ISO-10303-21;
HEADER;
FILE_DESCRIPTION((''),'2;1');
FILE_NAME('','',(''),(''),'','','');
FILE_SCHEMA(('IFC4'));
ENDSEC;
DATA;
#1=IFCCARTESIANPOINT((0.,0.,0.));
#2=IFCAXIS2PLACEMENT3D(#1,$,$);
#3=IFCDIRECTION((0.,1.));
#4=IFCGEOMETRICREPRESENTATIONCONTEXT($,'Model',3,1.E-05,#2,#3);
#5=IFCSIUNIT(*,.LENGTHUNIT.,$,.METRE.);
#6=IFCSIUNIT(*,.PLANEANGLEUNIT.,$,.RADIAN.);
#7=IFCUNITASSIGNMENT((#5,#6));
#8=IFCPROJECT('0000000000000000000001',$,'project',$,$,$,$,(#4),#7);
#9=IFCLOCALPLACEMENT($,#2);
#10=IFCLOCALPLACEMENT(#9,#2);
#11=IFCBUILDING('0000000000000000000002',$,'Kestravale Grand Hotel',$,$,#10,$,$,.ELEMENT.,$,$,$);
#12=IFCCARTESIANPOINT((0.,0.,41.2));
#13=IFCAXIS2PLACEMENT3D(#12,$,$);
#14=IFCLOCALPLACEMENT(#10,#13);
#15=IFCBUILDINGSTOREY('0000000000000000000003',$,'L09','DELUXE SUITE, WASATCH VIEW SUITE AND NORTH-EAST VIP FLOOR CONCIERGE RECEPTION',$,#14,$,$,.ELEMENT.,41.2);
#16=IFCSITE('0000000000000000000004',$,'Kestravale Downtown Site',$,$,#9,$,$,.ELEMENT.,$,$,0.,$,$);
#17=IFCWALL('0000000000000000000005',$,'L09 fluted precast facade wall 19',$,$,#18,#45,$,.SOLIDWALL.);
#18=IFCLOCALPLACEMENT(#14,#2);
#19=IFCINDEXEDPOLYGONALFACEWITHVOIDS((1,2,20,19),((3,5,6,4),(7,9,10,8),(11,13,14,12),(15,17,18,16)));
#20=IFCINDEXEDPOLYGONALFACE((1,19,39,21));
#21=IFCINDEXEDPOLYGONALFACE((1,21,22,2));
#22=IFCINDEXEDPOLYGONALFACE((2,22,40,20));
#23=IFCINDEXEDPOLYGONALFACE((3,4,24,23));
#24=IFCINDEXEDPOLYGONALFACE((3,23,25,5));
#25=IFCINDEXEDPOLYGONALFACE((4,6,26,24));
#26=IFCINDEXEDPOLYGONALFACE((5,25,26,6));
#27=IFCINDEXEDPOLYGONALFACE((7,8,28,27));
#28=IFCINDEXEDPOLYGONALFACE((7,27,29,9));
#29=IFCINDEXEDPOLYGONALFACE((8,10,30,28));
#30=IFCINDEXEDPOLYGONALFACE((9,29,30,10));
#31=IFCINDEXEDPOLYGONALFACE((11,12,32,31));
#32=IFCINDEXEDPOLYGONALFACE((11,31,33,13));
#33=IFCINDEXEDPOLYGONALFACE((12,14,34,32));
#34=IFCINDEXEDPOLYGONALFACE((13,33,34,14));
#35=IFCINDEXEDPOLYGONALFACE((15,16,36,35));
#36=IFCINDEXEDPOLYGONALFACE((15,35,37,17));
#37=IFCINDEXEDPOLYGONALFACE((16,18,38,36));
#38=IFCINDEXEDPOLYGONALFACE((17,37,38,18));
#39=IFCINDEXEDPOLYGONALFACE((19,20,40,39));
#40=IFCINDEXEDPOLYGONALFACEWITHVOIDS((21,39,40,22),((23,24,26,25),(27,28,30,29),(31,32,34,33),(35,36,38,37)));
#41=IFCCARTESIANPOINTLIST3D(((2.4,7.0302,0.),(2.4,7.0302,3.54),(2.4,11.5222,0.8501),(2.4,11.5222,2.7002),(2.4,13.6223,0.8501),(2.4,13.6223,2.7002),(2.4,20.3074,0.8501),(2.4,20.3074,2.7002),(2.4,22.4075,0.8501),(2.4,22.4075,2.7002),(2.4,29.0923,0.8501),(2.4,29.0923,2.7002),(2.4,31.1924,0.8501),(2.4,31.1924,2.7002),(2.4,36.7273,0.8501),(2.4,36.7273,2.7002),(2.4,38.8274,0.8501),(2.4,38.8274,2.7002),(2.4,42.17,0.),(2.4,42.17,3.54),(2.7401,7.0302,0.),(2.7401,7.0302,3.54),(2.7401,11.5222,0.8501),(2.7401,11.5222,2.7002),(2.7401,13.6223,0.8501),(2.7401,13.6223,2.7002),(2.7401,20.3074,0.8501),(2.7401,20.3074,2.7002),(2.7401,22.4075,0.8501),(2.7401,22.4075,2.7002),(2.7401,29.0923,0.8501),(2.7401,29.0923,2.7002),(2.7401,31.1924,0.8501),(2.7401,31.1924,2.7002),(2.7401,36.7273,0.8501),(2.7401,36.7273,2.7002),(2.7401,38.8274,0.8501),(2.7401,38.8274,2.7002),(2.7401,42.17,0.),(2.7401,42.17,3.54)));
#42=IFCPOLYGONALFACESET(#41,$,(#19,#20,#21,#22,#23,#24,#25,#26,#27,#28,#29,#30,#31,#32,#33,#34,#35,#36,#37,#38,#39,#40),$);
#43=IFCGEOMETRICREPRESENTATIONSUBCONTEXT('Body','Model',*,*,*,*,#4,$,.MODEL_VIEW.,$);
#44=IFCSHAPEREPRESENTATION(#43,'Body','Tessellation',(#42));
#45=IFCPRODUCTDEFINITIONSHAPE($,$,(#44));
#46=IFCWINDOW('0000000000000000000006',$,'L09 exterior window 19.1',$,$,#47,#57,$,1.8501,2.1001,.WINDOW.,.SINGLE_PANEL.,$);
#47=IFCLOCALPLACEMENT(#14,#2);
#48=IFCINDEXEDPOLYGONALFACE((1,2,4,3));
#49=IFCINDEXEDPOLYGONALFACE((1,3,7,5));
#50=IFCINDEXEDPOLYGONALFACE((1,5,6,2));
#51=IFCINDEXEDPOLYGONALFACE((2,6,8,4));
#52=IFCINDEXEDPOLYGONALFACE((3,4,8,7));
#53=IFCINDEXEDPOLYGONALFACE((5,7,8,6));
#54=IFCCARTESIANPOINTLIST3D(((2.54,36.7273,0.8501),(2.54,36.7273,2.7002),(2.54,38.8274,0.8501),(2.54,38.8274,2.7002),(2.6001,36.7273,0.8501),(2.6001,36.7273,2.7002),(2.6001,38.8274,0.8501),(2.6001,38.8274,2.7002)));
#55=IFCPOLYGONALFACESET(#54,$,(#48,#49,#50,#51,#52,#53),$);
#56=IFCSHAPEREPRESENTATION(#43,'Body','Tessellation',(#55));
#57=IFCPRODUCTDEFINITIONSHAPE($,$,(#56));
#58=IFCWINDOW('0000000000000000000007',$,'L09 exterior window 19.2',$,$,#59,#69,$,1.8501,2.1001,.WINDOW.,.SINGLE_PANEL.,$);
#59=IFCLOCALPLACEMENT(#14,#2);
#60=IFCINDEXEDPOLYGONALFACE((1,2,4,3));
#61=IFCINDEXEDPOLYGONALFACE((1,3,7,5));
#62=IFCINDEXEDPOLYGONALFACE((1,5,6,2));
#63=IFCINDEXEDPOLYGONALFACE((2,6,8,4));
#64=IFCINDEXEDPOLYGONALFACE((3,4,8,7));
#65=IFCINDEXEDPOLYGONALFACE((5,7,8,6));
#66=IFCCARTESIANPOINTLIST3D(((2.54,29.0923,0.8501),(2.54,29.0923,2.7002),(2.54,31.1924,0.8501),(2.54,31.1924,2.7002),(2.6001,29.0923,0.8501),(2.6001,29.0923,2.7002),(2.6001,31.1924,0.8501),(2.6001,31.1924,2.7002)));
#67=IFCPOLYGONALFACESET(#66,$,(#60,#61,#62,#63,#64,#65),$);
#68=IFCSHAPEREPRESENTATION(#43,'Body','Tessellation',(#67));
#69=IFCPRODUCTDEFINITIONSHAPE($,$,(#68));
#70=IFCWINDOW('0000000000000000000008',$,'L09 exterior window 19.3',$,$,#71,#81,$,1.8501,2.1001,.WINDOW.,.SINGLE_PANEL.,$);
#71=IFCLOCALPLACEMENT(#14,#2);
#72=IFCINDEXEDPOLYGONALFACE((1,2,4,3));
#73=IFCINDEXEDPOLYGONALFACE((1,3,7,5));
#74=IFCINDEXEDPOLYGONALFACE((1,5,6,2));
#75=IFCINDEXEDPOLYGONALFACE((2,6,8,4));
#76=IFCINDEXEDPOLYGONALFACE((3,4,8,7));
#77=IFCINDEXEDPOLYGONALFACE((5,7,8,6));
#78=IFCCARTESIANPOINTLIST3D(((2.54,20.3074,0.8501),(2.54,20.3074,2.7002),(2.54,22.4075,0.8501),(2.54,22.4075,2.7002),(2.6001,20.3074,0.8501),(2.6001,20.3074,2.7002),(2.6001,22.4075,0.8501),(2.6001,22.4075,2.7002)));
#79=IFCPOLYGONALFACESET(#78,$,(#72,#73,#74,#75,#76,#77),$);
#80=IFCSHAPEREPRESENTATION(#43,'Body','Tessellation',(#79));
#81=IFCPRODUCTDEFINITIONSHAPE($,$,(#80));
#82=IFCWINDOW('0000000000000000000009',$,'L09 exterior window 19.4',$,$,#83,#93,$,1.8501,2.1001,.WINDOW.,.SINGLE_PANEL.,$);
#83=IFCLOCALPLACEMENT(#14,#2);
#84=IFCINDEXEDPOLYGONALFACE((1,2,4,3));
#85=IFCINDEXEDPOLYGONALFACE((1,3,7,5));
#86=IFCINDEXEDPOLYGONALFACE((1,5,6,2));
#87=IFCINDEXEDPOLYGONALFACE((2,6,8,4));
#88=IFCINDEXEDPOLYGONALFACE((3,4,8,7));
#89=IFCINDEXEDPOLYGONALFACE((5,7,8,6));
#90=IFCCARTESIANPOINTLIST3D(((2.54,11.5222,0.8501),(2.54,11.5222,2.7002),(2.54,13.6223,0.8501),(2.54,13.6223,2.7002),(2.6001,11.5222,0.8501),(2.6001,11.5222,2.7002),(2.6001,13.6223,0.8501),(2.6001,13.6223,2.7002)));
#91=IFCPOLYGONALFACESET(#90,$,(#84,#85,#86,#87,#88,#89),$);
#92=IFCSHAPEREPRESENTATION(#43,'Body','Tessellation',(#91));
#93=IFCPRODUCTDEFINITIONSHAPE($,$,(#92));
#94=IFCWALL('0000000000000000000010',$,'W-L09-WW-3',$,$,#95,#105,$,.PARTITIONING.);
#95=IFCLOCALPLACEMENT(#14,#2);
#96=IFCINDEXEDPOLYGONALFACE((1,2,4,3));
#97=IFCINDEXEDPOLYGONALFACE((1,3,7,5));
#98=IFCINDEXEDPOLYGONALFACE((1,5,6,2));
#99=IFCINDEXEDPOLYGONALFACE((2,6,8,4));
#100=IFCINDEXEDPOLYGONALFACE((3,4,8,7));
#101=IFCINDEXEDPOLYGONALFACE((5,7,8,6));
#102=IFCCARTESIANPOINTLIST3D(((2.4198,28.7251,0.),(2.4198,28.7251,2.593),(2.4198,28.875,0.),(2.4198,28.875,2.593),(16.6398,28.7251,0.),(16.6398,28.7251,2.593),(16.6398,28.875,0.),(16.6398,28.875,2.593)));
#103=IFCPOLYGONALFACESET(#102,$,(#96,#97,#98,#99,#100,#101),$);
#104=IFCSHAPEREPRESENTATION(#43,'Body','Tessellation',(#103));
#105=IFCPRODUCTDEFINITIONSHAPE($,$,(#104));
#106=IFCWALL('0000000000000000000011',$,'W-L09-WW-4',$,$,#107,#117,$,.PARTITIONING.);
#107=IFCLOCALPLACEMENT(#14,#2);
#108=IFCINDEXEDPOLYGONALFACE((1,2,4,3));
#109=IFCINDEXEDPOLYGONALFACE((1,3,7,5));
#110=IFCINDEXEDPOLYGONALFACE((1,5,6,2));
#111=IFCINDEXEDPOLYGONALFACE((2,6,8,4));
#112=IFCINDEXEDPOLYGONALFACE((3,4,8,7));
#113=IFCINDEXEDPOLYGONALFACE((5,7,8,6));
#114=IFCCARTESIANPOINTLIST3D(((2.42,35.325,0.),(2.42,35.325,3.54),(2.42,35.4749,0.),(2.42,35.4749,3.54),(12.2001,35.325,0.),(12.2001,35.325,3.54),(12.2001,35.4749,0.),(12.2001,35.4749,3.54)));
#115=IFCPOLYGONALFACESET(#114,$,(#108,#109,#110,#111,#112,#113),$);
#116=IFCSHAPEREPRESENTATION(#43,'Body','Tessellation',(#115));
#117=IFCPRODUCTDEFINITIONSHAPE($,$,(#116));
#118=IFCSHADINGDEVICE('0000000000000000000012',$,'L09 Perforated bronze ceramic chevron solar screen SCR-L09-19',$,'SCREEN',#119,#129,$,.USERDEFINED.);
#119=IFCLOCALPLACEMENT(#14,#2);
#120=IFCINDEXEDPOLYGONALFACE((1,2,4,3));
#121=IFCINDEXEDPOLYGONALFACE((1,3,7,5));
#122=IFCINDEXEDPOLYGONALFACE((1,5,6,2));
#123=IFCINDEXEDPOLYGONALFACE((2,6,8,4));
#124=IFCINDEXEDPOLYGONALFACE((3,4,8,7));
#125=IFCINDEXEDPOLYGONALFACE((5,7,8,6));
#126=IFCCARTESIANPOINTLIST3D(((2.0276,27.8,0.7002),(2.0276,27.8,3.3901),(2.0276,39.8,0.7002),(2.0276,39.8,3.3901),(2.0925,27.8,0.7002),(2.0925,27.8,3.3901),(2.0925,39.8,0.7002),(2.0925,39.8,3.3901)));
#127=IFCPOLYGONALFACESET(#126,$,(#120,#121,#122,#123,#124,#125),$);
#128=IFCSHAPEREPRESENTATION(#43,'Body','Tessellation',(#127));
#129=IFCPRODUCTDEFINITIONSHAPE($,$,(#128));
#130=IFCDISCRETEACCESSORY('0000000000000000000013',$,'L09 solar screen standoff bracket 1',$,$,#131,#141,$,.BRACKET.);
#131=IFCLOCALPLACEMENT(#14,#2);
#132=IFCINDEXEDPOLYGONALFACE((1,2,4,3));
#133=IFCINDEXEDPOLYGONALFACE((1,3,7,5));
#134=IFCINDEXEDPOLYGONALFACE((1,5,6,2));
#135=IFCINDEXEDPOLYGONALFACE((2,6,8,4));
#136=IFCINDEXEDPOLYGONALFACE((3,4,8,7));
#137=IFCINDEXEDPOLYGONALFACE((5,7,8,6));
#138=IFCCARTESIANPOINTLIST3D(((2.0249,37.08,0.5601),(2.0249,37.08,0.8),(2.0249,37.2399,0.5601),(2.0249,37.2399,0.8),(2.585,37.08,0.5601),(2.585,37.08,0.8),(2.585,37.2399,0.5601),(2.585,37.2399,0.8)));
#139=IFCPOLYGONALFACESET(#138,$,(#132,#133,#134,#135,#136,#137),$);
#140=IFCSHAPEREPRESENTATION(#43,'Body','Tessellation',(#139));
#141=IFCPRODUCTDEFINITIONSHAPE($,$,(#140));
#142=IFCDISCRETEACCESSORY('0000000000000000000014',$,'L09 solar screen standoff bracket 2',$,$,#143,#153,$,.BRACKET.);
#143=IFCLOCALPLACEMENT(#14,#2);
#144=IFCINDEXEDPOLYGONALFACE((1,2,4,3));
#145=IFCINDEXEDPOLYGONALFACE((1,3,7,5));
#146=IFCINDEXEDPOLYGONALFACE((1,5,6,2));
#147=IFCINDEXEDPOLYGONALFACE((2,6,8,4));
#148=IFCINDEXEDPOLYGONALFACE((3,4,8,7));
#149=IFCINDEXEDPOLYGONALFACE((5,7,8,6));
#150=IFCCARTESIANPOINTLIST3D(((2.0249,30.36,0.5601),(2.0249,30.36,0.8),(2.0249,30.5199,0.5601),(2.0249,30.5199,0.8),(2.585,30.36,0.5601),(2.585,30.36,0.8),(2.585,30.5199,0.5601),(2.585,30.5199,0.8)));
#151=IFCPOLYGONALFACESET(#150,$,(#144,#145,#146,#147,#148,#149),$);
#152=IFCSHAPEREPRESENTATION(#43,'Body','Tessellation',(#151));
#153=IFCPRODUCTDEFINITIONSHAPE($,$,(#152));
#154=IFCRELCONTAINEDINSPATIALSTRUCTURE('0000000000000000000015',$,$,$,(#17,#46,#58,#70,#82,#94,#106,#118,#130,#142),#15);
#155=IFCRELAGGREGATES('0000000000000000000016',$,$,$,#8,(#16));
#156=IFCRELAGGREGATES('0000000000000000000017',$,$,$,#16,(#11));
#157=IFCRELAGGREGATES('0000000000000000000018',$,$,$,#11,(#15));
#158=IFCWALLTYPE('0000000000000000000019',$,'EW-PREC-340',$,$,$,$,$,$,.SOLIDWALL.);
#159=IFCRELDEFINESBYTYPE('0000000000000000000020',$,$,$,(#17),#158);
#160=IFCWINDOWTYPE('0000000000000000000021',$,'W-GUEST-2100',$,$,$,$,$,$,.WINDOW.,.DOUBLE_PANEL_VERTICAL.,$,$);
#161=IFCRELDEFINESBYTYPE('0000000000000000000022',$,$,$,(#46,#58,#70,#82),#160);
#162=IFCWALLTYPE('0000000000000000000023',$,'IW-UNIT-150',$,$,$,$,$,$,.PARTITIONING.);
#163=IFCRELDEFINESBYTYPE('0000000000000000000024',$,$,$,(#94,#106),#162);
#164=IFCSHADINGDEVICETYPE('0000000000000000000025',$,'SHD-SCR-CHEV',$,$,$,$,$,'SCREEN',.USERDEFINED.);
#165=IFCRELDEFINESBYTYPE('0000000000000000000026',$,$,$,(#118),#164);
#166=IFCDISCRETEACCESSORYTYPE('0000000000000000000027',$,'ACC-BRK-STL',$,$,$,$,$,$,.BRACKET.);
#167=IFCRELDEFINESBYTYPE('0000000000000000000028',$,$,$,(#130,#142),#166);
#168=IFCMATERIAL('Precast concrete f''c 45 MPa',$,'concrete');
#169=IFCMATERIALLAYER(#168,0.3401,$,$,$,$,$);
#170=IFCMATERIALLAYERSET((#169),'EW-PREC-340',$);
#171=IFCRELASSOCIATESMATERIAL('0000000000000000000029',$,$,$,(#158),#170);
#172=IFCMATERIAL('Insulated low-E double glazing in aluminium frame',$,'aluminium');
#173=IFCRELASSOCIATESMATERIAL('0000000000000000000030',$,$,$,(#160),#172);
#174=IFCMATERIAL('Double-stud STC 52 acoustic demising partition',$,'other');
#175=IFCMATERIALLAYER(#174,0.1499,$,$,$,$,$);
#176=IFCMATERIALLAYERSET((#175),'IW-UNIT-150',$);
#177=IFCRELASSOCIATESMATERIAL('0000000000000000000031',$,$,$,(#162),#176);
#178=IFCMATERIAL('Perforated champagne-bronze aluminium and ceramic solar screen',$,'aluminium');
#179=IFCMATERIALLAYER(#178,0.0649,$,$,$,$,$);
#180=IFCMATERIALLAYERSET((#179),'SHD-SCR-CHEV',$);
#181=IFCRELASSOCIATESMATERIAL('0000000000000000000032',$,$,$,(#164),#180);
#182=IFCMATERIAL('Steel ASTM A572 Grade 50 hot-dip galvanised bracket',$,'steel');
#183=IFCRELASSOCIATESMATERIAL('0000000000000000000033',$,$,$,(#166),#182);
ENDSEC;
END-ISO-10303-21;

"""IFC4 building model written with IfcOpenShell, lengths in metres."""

from ifc_helpers import new_model, si_unit, direction, frame, frame_2d, origin, origin_2d, place, context, subcontext, project, spatial, rectangle, extrude, material, layer, layer_set, type_object, element, fill, save


model = new_model("IFC4")

# Units and contexts
model_context = context("Model", 3, precision=1e-05, world=origin(), true_north=direction((0.0, 1.0)))
body_context = subcontext(model_context, "Body", "Model", "MODEL_VIEW")
ifc_project = project(units=[si_unit("LENGTHUNIT", "METRE"), si_unit("PLANEANGLEUNIT", "RADIAN")], contexts=[model_context])

# Site, building, storey
site_placement = place(None, origin())
site = spatial("IfcSite", under=ifc_project, at=site_placement, Name="Kestravale Downtown Site", CompositionType="ELEMENT", RefElevation=0.0)
building_placement = place(site_placement, origin())
building = spatial("IfcBuilding", under=site, at=building_placement, Name="Kestravale Grand Hotel", CompositionType="ELEMENT")
storey_placement = place(building_placement, frame((0.0, 0.0, 41.2)))
storey = spatial("IfcBuildingStorey", under=building, at=storey_placement, Name="L09", Description="DELUXE SUITE, WASATCH VIEW SUITE AND NORTH-EAST VIP FLOOR CONCIERGE RECEPTION", CompositionType="ELEMENT", Elevation=41.2)

# Wall, openings, windows
ifc_material_1 = material(Name="Precast concrete f'c 45 MPa", Category="concrete")
ifc_layer_1 = layer(ifc_material_1, 0.3401)
ifc_layer_set_1 = layer_set([ifc_layer_1], Name="EW-PREC-340")
wall_type_1 = type_object("IfcWallType", Name="EW-PREC-340", PredefinedType="SOLIDWALL", material=ifc_layer_set_1)
wall_1_placement = place(storey_placement, frame((2.5701, 42.1699, 0.0), z_axis=(0.0, 0.0, 1.0), x_axis=(0.0, -1.0, 0.0)))
wall_1 = element("IfcWall", 1, at=wall_1_placement, inside=storey, type_object=wall_type_1, Name="L09 fluted precast facade wall 19", PredefinedType="SOLIDWALL", context=body_context, shape_type="SweptSolid", body=[
    extrude(rectangle(XDim=35.1399, YDim=0.3401, at=frame_2d((17.5698, 0.0))), origin(), (0.0, 0.0, 1.0), 3.54),
])
opening_1_placement = place(wall_1_placement, frame((3.3425, 0.0, 0.8501)))
opening_1 = element("IfcOpeningElement", 2, at=opening_1_placement, cuts=wall_1, PredefinedType="OPENING", context=body_context, shape_type="SweptSolid", body=[
    extrude(rectangle(XDim=2.1001, YDim=1.8501, at=frame_2d((1.05, 0.925))), frame((0.0, 0.1799, 0.0), z_axis=(0.0, -1.0, 0.0), x_axis=(1.0, 0.0, 0.0)), (0.0, 0.0, 1.0), 0.3601),
])
opening_2_placement = place(wall_1_placement, frame((10.9775, 0.0, 0.8501)))
opening_2 = element("IfcOpeningElement", 3, at=opening_2_placement, cuts=wall_1, PredefinedType="OPENING", context=body_context, shape_type="SweptSolid", body=[
    extrude(rectangle(XDim=2.1001, YDim=1.8501, at=frame_2d((1.05, 0.925))), frame((0.0, 0.1799, 0.0), z_axis=(0.0, -1.0, 0.0), x_axis=(1.0, 0.0, 0.0)), (0.0, 0.0, 1.0), 0.3601),
])
opening_3_placement = place(wall_1_placement, frame((19.7625, 0.0, 0.8501)))
opening_3 = element("IfcOpeningElement", 4, at=opening_3_placement, cuts=wall_1, PredefinedType="OPENING", context=body_context, shape_type="SweptSolid", body=[
    extrude(rectangle(XDim=2.1001, YDim=1.8501, at=frame_2d((1.05, 0.925))), frame((0.0, 0.1799, 0.0), z_axis=(0.0, -1.0, 0.0), x_axis=(1.0, 0.0, 0.0)), (0.0, 0.0, 1.0), 0.3601),
])
opening_4_placement = place(wall_1_placement, frame((28.5476, 0.0, 0.8501)))
opening_4 = element("IfcOpeningElement", 5, at=opening_4_placement, cuts=wall_1, PredefinedType="OPENING", context=body_context, shape_type="SweptSolid", body=[
    extrude(rectangle(XDim=2.1001, YDim=1.8501, at=frame_2d((1.05, 0.925))), frame((0.0, 0.1799, 0.0), z_axis=(0.0, -1.0, 0.0), x_axis=(1.0, 0.0, 0.0)), (0.0, 0.0, 1.0), 0.3601),
])
ifc_material_2 = material(Name="Insulated low-E double glazing in aluminium frame", Category="aluminium")
window_type = type_object("IfcWindowType", Name="W-GUEST-2100", PartitioningType="DOUBLE_PANEL_VERTICAL", PredefinedType="WINDOW", material=ifc_material_2)
window_1_placement = place(opening_1_placement, origin())
window_1 = element("IfcWindow", 6, at=window_1_placement, inside=storey, type_object=window_type, Name="L09 exterior window 19.1", OverallHeight=1.8501, OverallWidth=2.1001, PartitioningType="SINGLE_PANEL", PredefinedType="WINDOW", context=body_context, shape_type="SweptSolid", body=[
    extrude(rectangle(XDim=2.1001, YDim=1.8501, at=frame_2d((1.05, 0.925))), frame((0.0, 0.03, 0.0), z_axis=(0.0, -1.0, 0.0), x_axis=(1.0, 0.0, 0.0)), (0.0, 0.0, 1.0), 0.0601),
])
fill(opening_1, window_1)
window_2_placement = place(opening_2_placement, origin())
window_2 = element("IfcWindow", 7, at=window_2_placement, inside=storey, type_object=window_type, Name="L09 exterior window 19.2", OverallHeight=1.8501, OverallWidth=2.1001, PartitioningType="SINGLE_PANEL", PredefinedType="WINDOW", context=body_context, shape_type="SweptSolid", body=[
    extrude(rectangle(XDim=2.1001, YDim=1.8501, at=frame_2d((1.05, 0.925))), frame((0.0, 0.03, 0.0), z_axis=(0.0, -1.0, 0.0), x_axis=(1.0, 0.0, 0.0)), (0.0, 0.0, 1.0), 0.0601),
])
fill(opening_2, window_2)
window_3_placement = place(opening_3_placement, origin())
window_3 = element("IfcWindow", 8, at=window_3_placement, inside=storey, type_object=window_type, Name="L09 exterior window 19.3", OverallHeight=1.8501, OverallWidth=2.1001, PartitioningType="SINGLE_PANEL", PredefinedType="WINDOW", context=body_context, shape_type="SweptSolid", body=[
    extrude(rectangle(XDim=2.1001, YDim=1.8501, at=frame_2d((1.05, 0.925))), frame((0.0, 0.03, 0.0), z_axis=(0.0, -1.0, 0.0), x_axis=(1.0, 0.0, 0.0)), (0.0, 0.0, 1.0), 0.0601),
])
fill(opening_3, window_3)
window_4_placement = place(opening_4_placement, origin())
window_4 = element("IfcWindow", 9, at=window_4_placement, inside=storey, type_object=window_type, Name="L09 exterior window 19.4", OverallHeight=1.8501, OverallWidth=2.1001, PartitioningType="SINGLE_PANEL", PredefinedType="WINDOW", context=body_context, shape_type="SweptSolid", body=[
    extrude(rectangle(XDim=2.1001, YDim=1.8501, at=frame_2d((1.05, 0.925))), frame((0.0, 0.03, 0.0), z_axis=(0.0, -1.0, 0.0), x_axis=(1.0, 0.0, 0.0)), (0.0, 0.0, 1.0), 0.0601),
])
fill(opening_4, window_4)

# Walls
ifc_material_3 = material(Name="Double-stud STC 52 acoustic demising partition", Category="other")
ifc_layer_2 = layer(ifc_material_3, 0.1499)
ifc_layer_set_2 = layer_set([ifc_layer_2], Name="IW-UNIT-150")
wall_type_2 = type_object("IfcWallType", Name="IW-UNIT-150", PredefinedType="PARTITIONING", material=ifc_layer_set_2)
wall_2_placement = place(storey_placement, frame((2.4199, 28.8, 0.0), z_axis=(0.0, 0.0, 1.0), x_axis=(1.0, 0.0, 0.0)))
element("IfcWall", 10, at=wall_2_placement, inside=storey, type_object=wall_type_2, Name="W-L09-WW-3", PredefinedType="PARTITIONING", context=body_context, shape_type="SweptSolid", body=[
    extrude(rectangle(XDim=14.22, YDim=0.1499, at=frame_2d((7.1099, 0.0))), origin(), (0.0, 0.0, 1.0), 2.593),
])
wall_3_placement = place(storey_placement, frame((2.4199, 35.3999, 0.0), z_axis=(0.0, 0.0, 1.0), x_axis=(1.0, 0.0, 0.0)))
element("IfcWall", 11, at=wall_3_placement, inside=storey, type_object=wall_type_2, Name="W-L09-WW-4", PredefinedType="PARTITIONING", context=body_context, shape_type="SweptSolid", body=[
    extrude(rectangle(XDim=9.78, YDim=0.1499, at=frame_2d((4.8901, 0.0))), origin(), (0.0, 0.0, 1.0), 3.54),
])

# Shading device
ifc_material_4 = material(Name="Perforated champagne-bronze aluminium and ceramic solar screen", Category="aluminium")
ifc_layer_3 = layer(ifc_material_4, 0.0649)
ifc_layer_set_3 = layer_set([ifc_layer_3], Name="SHD-SCR-CHEV")
shading_device_type = type_object("IfcShadingDeviceType", Name="SHD-SCR-CHEV", ElementType="SCREEN", PredefinedType="USERDEFINED", material=ifc_layer_set_3)
shading_device_placement = place(storey_placement, frame((2.0601, 33.8, 0.7002), z_axis=(0.0, 0.0, 1.0), x_axis=(0.0, -1.0, 0.0)))
element("IfcShadingDevice", 12, at=shading_device_placement, inside=storey, type_object=shading_device_type, Name="L09 Perforated bronze ceramic chevron solar screen SCR-L09-19", ObjectType="SCREEN", PredefinedType="USERDEFINED", context=body_context, shape_type="SweptSolid", body=[
    extrude(rectangle(XDim=12.0, YDim=0.0649, at=origin_2d()), origin(), (0.0, 0.0, 1.0), 2.6899),
])

# Discrete accessories
ifc_material_5 = material(Name="Steel ASTM A572 Grade 50 hot-dip galvanised bracket", Category="steel")
discrete_accessory_type = type_object("IfcDiscreteAccessoryType", Name="ACC-BRK-STL", PredefinedType="BRACKET", material=ifc_material_5)
for number, where, z_axis, x_axis, name in (
    (13, (2.3049, 37.1599, 0.5601), (0.0, 0.0, 1.0), (0.0, -1.0, 0.0), "L09 solar screen standoff bracket 1"),
    (14, (2.3049, 30.4399, 0.5601), (0.0, 0.0, 1.0), (0.0, -1.0, 0.0), "L09 solar screen standoff bracket 2"),
):
    element("IfcDiscreteAccessory", number, at=place(storey_placement, frame(where, z_axis=z_axis, x_axis=x_axis)), inside=storey, type_object=discrete_accessory_type, Name=name, PredefinedType="BRACKET", context=body_context, shape_type="SweptSolid", body=[
        extrude(rectangle(XDim=0.1599, YDim=0.5601, at=origin_2d()), origin(), (0.0, 0.0, 1.0), 0.24),
    ])

save(model, "model.ifc")
